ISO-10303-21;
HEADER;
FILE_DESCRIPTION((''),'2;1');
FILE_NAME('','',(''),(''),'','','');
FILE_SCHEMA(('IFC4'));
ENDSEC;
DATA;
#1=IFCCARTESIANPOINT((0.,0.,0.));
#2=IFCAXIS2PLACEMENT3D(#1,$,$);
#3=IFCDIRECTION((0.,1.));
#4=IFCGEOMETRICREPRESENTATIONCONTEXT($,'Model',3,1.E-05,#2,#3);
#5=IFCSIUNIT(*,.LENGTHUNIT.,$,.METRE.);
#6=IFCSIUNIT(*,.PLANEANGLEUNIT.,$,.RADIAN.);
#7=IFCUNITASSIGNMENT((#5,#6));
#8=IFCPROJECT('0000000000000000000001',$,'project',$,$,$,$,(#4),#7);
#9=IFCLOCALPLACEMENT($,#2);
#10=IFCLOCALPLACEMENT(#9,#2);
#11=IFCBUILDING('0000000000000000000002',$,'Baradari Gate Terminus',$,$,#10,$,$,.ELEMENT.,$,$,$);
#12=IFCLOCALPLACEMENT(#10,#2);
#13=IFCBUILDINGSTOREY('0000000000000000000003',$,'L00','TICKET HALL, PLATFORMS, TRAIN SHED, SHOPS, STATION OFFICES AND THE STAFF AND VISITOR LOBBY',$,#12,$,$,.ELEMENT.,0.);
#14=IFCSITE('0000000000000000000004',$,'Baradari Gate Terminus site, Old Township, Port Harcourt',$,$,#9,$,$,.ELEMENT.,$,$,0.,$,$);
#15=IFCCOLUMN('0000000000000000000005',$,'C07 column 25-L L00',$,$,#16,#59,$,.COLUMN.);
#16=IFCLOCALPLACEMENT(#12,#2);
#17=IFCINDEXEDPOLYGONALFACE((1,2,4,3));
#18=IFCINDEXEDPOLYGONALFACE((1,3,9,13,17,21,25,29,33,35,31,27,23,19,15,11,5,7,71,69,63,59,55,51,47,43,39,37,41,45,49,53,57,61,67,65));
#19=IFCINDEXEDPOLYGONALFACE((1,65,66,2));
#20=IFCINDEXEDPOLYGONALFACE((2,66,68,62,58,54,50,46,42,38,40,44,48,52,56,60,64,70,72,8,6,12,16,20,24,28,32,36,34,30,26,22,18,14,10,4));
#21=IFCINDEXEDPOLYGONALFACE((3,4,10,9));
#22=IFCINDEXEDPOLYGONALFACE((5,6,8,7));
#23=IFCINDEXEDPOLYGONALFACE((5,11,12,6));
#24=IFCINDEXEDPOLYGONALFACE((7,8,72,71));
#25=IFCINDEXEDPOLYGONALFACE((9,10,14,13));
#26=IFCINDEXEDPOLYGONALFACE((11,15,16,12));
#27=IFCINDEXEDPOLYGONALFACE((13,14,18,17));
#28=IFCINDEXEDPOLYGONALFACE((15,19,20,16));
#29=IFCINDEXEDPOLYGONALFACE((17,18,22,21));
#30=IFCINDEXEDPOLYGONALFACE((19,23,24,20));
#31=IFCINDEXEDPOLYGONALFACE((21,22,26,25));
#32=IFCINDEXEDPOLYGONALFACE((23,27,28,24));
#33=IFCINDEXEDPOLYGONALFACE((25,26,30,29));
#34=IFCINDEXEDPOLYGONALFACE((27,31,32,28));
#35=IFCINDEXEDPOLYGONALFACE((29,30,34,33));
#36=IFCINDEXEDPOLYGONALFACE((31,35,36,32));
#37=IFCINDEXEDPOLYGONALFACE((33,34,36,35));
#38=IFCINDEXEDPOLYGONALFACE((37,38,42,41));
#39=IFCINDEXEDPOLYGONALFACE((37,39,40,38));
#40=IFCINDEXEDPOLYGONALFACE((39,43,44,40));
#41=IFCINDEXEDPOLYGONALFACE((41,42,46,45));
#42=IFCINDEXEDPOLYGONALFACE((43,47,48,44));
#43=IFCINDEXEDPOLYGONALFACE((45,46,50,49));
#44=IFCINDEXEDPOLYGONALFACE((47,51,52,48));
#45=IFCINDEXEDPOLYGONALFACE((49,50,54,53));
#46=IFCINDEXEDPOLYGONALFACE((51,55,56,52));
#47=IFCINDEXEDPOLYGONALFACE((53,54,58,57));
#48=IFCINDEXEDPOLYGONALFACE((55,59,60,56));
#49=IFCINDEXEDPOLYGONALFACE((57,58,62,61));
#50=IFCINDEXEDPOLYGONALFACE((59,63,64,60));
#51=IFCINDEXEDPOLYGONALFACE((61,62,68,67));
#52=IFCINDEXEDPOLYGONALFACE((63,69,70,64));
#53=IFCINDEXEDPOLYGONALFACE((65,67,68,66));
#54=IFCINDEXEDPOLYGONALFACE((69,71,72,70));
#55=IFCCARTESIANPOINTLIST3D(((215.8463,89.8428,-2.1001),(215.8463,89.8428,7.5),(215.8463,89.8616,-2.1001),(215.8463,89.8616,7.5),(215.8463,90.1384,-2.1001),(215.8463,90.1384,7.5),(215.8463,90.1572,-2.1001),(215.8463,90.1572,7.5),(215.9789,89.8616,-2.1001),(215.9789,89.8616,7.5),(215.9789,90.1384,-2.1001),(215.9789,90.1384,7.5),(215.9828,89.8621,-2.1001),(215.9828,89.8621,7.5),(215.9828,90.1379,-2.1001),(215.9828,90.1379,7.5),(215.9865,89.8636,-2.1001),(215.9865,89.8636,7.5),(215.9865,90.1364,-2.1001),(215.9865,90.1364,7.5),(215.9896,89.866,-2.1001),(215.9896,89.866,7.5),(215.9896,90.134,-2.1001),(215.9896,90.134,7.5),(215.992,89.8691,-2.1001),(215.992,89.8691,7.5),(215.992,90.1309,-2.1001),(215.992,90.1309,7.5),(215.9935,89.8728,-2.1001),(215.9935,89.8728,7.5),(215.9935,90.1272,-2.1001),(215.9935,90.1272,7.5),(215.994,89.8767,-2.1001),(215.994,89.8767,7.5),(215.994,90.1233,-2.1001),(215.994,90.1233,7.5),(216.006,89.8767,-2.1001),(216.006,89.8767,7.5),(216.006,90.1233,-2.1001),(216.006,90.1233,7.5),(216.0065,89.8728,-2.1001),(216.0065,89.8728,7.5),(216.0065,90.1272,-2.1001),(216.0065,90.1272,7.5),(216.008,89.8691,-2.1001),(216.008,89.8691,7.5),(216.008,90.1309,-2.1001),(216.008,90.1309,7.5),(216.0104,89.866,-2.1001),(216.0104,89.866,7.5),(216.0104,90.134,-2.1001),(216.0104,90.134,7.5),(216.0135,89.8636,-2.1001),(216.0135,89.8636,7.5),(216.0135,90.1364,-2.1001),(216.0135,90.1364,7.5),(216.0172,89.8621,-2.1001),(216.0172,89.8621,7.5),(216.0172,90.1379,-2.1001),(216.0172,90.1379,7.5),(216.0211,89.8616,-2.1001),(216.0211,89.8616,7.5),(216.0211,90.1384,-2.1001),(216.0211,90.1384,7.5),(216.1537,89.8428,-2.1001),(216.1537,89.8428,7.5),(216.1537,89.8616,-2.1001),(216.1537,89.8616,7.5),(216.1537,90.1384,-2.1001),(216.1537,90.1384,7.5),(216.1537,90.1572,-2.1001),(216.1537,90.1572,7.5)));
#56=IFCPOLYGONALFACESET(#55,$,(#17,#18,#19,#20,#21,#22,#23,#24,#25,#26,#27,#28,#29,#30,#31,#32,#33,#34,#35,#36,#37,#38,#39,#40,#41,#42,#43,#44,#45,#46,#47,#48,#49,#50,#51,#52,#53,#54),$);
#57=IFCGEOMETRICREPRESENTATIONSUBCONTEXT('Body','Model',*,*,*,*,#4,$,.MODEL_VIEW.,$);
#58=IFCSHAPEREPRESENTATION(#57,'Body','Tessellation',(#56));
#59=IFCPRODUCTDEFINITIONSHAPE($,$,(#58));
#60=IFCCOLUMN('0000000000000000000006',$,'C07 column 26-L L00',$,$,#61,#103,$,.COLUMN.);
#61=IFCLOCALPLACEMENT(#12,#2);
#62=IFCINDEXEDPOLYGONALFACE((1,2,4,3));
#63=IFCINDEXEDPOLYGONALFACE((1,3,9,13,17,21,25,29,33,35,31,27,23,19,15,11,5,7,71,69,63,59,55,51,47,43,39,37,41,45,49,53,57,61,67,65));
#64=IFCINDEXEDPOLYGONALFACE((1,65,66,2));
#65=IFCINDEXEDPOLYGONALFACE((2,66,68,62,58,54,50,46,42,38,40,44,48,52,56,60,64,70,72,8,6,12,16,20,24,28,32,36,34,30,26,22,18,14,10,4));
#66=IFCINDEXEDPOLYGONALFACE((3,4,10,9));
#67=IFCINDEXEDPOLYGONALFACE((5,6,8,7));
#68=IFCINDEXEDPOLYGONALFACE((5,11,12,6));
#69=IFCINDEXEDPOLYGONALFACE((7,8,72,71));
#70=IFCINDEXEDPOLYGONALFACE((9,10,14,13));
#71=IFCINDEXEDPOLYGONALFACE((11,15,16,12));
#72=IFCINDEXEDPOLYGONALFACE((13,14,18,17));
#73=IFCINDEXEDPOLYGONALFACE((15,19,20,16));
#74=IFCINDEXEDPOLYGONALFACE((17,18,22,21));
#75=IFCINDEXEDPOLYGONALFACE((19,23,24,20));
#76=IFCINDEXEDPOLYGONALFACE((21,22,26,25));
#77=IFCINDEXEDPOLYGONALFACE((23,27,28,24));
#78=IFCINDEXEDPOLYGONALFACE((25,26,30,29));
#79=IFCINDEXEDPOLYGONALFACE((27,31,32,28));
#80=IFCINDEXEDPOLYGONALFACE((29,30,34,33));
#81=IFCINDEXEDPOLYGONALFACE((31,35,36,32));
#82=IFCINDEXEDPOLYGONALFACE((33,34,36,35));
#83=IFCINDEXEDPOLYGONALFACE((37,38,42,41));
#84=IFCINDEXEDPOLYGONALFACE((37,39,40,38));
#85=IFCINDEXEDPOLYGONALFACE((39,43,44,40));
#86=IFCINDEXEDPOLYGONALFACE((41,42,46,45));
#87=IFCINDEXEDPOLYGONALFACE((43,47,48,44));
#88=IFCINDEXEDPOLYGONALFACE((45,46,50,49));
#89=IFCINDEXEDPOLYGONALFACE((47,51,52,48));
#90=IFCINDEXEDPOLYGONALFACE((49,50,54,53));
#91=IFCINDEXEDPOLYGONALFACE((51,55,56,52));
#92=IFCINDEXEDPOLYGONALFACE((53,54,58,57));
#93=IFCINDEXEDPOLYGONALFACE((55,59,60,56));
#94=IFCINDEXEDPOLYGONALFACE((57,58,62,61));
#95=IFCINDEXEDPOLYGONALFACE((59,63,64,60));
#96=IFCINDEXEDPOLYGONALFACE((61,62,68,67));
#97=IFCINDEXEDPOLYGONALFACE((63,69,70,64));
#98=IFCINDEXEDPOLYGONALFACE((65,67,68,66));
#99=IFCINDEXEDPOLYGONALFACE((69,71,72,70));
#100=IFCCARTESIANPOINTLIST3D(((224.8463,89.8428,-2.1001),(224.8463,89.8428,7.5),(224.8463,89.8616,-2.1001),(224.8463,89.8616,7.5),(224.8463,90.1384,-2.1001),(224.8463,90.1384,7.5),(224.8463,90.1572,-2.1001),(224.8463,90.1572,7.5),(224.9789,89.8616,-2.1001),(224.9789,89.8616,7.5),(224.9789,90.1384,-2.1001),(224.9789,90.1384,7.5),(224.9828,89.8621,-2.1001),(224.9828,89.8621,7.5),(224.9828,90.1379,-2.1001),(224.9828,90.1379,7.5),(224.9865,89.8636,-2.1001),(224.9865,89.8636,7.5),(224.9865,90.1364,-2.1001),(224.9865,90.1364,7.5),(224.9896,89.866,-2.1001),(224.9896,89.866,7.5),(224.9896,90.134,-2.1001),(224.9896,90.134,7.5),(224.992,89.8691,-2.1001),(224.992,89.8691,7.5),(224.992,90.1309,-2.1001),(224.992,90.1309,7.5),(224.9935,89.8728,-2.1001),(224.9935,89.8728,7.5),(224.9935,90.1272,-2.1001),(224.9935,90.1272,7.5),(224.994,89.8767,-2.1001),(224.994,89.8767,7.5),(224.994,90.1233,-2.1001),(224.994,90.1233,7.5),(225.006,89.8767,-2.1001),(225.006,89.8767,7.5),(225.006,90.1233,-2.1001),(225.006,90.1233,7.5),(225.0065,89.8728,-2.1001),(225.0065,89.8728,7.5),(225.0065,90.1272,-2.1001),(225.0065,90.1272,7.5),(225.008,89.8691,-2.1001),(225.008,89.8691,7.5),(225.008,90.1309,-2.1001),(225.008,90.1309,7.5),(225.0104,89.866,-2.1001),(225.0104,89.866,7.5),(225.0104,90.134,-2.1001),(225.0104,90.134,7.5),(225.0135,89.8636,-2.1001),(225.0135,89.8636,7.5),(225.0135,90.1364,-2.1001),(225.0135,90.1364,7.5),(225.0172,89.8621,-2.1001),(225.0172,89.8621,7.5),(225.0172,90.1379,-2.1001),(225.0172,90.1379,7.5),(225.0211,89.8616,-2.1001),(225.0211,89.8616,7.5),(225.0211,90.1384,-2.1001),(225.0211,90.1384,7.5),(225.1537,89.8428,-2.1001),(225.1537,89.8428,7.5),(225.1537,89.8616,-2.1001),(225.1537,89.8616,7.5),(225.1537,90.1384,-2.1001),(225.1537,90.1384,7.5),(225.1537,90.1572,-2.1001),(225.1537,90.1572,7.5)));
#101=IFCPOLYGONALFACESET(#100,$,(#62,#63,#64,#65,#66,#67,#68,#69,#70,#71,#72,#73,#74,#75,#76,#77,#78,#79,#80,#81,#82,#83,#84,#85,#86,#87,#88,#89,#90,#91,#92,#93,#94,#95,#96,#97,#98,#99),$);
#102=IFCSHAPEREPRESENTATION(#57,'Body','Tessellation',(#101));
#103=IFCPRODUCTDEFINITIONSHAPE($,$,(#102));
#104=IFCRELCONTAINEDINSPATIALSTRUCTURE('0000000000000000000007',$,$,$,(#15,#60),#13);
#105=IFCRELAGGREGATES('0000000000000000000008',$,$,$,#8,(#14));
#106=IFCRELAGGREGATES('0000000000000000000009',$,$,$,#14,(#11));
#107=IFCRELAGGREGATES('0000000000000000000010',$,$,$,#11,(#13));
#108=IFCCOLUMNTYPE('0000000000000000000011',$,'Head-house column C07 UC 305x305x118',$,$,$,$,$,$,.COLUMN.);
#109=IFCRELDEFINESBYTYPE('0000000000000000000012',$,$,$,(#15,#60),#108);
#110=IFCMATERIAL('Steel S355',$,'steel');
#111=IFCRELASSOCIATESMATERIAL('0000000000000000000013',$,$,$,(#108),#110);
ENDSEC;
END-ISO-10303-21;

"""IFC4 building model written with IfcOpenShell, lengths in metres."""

from ifc_helpers import new_model, si_unit, direction, frame, origin, origin_2d, place, context, subcontext, project, spatial, i_section, extrude, material, material_profile, profile_set, type_object, element, save


model = new_model("IFC4")

# Units and contexts
model_context = context("Model", 3, precision=1e-05, world=origin(), true_north=direction((0.0, 1.0)))
body_context = subcontext(model_context, "Body", "Model", "MODEL_VIEW")
ifc_project = project(units=[si_unit("LENGTHUNIT", "METRE"), si_unit("PLANEANGLEUNIT", "RADIAN")], contexts=[model_context])

# Site, building, storey
site_placement = place(None, origin())
site = spatial("IfcSite", under=ifc_project, at=site_placement, Name="Baradari Gate Terminus site, Old Township, Port Harcourt", CompositionType="ELEMENT", RefElevation=0.0)
building_placement = place(site_placement, origin())
building = spatial("IfcBuilding", under=site, at=building_placement, Name="Baradari Gate Terminus", CompositionType="ELEMENT")
storey_placement = place(building_placement, origin())
storey = spatial("IfcBuildingStorey", under=building, at=storey_placement, Name="L00", Description="TICKET HALL, PLATFORMS, TRAIN SHED, SHOPS, STATION OFFICES AND THE STAFF AND VISITOR LOBBY", CompositionType="ELEMENT", Elevation=0.0)

# Columns
ifc_material_1 = material(Name="Steel S355", Category="steel")
ifc_material_profile = material_profile(ifc_material_1, i_section(OverallWidth=0.3074, OverallDepth=0.3145, WebThickness=0.012, FlangeThickness=0.0188, FilletRadius=0.0151, at=origin_2d()), Name="UC 305x305x118")
ifc_profile_set = profile_set([ifc_material_profile], Name="Steel S355")
column_type = type_object("IfcColumnType", Name="Head-house column C07 UC 305x305x118", PredefinedType="COLUMN", material=ifc_profile_set)
for number, where, z_axis, x_axis, name in (
    (1, (216.0, 90.0, -2.1001), (0.0, 0.0, 1.0), (1.0, 0.0, 0.0), "C07 column 25-L L00"),
    (2, (225.0, 90.0, -2.1001), (0.0, 0.0, 1.0), (1.0, 0.0, 0.0), "C07 column 26-L L00"),
):
    element("IfcColumn", number, at=place(storey_placement, frame(where, z_axis=z_axis, x_axis=x_axis)), inside=storey, type_object=column_type, Name=name, PredefinedType="COLUMN", context=body_context, shape_type="SweptSolid", body=[
        extrude(i_section(OverallWidth=0.3074, OverallDepth=0.3145, WebThickness=0.012, FlangeThickness=0.0188, FilletRadius=0.0151, at=origin_2d()), origin(), (0.0, 0.0, 1.0), 9.6001),
    ])

save(model, "model.ifc")
